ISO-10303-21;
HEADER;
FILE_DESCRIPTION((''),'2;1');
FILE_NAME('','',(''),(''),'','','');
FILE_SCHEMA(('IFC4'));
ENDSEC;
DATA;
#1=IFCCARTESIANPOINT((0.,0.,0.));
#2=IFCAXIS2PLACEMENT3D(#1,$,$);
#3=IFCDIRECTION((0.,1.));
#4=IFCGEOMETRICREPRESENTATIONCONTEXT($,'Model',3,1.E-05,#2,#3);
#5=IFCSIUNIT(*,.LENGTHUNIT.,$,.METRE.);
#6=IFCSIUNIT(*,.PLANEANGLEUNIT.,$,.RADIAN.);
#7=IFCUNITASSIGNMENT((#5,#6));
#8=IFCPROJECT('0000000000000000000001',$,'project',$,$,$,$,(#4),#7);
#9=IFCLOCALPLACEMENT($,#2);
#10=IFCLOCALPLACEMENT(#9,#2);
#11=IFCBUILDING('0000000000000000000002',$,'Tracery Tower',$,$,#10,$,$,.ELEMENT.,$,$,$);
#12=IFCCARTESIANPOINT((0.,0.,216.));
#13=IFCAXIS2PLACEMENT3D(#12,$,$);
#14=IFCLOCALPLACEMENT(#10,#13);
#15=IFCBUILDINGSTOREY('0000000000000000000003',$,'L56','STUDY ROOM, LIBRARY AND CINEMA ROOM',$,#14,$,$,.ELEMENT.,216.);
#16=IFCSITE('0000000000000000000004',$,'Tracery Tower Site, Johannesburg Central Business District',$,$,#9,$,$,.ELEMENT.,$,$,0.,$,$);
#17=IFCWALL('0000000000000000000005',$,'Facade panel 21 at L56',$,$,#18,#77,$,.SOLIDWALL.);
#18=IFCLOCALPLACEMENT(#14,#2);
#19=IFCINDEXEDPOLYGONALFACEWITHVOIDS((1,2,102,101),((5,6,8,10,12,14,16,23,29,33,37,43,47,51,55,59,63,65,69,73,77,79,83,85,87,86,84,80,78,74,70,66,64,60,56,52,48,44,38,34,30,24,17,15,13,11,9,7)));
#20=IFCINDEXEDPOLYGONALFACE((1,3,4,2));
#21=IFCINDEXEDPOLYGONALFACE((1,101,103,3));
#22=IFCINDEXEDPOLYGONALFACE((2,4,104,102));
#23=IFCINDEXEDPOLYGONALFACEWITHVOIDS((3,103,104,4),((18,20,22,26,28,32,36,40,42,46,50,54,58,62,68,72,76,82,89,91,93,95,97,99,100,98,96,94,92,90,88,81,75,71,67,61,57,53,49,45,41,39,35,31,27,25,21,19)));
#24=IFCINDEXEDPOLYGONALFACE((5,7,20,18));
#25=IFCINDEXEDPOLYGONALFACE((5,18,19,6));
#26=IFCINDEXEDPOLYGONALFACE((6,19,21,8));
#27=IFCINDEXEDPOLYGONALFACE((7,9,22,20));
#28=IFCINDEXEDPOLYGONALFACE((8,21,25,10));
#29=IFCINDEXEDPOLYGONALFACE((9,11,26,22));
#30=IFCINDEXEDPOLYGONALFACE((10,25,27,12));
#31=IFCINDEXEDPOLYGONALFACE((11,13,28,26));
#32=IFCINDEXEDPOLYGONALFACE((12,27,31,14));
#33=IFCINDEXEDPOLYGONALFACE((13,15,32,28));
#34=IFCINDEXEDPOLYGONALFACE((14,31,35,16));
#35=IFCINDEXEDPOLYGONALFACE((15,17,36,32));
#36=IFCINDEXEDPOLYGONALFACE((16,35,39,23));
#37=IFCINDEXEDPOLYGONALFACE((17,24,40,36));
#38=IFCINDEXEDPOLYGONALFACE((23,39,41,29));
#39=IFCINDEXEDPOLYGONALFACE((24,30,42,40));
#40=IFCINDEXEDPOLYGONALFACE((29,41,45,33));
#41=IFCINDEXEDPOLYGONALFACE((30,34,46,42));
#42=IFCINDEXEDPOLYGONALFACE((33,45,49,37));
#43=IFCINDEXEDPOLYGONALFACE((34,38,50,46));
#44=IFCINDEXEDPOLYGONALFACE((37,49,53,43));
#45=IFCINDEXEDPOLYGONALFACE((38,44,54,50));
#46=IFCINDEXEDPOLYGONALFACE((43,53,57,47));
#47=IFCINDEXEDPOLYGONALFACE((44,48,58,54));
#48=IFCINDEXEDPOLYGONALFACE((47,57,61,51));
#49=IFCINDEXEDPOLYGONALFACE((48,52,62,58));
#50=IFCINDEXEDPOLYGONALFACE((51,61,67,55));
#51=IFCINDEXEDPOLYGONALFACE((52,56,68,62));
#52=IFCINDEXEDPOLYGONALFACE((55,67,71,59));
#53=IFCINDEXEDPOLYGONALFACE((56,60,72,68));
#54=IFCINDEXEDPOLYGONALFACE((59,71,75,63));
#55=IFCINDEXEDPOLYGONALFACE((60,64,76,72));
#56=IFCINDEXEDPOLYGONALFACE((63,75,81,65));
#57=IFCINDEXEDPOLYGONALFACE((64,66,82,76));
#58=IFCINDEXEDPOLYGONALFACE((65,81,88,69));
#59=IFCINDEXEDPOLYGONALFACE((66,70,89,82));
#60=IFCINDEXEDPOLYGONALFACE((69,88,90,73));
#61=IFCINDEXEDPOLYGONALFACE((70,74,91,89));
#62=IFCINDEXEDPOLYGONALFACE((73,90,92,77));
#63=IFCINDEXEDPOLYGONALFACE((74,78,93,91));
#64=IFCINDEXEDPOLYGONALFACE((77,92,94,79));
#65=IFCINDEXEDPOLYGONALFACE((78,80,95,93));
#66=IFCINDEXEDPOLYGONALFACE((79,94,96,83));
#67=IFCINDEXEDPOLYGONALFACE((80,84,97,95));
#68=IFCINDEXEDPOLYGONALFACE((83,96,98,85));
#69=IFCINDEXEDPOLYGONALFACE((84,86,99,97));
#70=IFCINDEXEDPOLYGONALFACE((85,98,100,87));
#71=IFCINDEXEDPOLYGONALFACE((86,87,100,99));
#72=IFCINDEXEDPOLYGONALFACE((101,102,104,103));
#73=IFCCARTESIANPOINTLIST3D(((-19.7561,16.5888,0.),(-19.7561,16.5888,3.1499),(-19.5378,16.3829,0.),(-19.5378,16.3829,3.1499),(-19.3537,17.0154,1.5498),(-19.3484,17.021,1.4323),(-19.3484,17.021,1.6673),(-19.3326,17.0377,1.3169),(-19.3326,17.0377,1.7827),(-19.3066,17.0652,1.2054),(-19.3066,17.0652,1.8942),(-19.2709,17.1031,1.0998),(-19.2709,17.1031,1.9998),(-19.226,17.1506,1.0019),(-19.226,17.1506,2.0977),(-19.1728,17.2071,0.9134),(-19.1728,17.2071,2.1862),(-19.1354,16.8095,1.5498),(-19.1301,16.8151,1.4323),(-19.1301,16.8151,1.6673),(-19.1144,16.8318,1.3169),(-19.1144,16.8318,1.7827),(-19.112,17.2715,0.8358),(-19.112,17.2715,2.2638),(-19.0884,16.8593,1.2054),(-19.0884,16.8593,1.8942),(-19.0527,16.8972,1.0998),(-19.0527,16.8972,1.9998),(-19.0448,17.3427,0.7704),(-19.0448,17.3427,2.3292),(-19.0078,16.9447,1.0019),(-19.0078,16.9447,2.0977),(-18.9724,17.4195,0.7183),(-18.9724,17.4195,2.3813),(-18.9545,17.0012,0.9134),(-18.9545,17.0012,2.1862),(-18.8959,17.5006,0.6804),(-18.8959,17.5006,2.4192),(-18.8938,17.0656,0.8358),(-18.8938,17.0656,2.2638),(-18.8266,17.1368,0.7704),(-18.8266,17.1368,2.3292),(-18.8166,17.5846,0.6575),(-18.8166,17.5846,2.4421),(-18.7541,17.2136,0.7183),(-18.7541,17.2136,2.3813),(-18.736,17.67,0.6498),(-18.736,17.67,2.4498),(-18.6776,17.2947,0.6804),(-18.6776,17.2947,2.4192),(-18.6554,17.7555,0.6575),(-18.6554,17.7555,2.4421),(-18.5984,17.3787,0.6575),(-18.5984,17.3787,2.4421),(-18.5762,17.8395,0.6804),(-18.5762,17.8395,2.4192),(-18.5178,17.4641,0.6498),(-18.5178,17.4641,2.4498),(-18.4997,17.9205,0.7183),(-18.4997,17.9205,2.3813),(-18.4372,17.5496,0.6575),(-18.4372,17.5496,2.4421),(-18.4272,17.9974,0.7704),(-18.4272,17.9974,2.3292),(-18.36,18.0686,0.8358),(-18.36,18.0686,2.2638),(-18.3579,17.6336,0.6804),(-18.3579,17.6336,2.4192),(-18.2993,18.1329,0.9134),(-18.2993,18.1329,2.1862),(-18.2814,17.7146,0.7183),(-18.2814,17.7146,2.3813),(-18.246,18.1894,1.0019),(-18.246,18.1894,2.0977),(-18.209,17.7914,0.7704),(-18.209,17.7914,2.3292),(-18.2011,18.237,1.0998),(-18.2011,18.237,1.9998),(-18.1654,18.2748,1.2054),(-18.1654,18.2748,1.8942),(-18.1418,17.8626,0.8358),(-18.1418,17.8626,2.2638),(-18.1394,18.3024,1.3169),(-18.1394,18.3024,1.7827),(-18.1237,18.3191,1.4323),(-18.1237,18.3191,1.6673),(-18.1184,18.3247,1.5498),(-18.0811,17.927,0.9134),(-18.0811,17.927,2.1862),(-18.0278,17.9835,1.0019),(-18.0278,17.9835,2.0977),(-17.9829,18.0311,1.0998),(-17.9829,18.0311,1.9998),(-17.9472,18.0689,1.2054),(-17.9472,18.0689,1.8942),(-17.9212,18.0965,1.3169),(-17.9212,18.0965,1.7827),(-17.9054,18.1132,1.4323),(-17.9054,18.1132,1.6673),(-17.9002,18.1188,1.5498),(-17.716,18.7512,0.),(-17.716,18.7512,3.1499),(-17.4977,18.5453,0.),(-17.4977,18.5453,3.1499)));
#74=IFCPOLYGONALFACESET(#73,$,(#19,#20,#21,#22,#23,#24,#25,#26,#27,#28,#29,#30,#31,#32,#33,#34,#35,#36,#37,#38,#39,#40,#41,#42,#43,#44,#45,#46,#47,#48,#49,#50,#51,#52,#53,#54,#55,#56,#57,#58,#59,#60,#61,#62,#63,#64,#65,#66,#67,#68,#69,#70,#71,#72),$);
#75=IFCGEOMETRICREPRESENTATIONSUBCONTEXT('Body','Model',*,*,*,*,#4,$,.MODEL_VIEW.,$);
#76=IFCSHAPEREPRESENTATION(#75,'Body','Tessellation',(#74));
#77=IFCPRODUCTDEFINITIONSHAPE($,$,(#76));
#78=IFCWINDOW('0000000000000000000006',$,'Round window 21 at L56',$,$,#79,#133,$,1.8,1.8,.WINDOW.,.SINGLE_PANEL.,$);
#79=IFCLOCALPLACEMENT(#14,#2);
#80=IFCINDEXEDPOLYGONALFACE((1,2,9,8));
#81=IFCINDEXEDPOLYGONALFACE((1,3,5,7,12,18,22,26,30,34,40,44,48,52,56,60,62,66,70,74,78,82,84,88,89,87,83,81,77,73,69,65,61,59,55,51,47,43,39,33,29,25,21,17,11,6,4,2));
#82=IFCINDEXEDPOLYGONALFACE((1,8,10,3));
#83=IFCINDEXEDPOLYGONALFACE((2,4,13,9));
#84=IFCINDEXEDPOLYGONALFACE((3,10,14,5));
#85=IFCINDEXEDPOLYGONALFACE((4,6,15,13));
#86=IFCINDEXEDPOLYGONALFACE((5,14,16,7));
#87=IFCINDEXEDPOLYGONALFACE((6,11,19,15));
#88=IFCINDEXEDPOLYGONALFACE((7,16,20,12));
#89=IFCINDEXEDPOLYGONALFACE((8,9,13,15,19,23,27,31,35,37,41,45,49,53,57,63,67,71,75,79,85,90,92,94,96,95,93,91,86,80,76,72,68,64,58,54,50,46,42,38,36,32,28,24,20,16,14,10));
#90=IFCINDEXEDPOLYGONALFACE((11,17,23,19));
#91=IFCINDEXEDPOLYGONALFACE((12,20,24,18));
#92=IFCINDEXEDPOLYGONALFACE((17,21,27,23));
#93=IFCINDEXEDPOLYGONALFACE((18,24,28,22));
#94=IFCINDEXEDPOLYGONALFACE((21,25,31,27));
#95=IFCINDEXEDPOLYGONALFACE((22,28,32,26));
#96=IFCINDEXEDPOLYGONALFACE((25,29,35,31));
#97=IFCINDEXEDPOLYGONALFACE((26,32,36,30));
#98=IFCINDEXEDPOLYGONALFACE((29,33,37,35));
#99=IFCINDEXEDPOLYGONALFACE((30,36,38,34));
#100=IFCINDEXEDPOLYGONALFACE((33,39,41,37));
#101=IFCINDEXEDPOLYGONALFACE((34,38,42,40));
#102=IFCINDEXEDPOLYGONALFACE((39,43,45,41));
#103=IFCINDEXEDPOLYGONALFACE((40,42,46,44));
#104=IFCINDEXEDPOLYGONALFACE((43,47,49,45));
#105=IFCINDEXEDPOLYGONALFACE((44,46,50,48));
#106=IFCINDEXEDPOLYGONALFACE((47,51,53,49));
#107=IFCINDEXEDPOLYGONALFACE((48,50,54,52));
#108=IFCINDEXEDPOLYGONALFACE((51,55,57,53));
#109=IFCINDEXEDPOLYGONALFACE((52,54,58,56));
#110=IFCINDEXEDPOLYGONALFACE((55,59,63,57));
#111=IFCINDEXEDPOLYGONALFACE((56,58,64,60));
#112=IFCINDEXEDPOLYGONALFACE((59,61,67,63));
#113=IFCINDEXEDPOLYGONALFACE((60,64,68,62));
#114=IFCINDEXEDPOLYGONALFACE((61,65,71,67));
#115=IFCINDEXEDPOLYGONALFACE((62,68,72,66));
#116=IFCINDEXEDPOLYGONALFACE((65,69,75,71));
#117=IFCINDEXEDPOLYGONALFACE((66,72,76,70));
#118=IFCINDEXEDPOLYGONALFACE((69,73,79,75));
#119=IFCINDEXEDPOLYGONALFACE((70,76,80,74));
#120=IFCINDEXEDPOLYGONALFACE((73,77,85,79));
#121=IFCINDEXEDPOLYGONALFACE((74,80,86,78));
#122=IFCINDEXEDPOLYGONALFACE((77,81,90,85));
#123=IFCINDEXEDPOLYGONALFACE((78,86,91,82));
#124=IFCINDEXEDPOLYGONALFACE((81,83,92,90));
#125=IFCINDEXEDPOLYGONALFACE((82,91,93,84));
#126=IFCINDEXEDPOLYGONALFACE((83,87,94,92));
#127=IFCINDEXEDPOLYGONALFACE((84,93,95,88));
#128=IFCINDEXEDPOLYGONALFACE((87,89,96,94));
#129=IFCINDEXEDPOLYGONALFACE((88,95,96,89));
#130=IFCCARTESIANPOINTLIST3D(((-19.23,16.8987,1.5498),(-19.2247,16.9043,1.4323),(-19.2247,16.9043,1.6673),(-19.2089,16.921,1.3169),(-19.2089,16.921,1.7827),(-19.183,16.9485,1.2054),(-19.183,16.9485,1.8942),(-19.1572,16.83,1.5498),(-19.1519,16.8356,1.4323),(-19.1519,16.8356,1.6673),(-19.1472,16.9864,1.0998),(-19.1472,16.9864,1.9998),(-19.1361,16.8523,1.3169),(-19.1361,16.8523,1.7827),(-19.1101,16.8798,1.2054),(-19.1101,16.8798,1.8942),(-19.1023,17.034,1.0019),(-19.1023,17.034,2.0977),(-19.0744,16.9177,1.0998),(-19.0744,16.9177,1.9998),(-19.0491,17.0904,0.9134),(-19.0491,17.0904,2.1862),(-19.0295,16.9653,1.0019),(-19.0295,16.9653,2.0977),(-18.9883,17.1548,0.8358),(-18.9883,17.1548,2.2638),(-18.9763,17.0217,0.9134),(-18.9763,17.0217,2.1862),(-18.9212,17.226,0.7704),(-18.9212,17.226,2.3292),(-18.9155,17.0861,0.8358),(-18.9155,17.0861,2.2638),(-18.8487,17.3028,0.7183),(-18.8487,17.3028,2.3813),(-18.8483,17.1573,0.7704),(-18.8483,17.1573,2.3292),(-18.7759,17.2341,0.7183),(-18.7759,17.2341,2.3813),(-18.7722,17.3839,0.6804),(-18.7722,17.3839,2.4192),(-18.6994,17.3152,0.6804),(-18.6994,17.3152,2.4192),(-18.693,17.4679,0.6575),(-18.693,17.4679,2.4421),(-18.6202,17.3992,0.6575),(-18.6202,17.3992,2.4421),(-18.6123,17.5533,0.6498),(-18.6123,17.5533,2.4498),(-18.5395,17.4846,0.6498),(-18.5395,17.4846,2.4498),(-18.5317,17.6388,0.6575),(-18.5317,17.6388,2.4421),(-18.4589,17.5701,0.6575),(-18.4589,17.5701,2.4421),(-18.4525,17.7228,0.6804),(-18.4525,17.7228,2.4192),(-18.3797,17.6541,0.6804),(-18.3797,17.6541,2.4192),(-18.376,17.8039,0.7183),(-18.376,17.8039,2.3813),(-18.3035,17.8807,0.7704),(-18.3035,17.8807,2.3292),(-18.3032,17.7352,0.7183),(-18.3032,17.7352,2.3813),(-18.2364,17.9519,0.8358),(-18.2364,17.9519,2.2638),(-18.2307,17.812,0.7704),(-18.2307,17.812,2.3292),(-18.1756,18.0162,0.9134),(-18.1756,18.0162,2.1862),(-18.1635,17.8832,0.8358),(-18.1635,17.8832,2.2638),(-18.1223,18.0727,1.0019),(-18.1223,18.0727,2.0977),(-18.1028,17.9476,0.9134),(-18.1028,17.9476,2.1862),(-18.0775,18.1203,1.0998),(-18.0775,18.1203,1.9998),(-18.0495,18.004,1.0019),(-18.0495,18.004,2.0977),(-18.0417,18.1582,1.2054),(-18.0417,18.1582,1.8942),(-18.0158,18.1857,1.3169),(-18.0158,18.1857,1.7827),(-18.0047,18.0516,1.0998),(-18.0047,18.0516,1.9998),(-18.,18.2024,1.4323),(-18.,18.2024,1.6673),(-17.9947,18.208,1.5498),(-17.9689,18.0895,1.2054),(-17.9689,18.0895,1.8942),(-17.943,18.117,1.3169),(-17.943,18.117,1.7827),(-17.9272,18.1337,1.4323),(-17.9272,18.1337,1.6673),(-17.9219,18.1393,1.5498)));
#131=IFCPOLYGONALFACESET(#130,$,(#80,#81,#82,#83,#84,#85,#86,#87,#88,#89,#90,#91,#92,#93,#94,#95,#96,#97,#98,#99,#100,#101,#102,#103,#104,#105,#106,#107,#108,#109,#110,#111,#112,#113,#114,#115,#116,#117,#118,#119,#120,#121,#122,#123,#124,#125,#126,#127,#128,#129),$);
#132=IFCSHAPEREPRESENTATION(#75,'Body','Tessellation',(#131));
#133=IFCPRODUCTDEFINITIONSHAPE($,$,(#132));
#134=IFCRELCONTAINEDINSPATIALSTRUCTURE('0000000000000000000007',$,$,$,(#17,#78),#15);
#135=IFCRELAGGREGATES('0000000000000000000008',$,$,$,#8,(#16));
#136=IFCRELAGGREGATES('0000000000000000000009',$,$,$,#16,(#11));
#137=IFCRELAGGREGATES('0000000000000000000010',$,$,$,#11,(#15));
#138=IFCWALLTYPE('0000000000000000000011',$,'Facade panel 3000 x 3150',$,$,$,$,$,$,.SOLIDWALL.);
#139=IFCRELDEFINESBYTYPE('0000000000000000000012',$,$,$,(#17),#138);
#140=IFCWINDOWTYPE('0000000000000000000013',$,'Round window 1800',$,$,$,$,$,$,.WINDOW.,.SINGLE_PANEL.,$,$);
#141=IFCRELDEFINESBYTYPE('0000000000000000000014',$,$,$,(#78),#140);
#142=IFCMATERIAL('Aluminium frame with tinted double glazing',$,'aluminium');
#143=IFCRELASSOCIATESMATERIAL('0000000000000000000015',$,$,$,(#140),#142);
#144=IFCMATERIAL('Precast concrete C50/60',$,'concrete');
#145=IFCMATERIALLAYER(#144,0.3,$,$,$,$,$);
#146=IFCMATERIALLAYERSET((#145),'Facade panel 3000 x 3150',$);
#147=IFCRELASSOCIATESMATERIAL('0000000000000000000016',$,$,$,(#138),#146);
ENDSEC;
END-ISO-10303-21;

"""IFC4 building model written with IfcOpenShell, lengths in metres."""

from ifc_helpers import new_model, si_unit, direction, frame, frame_2d, origin, origin_2d, place, context, subcontext, project, spatial, rectangle, circle, extrude, material, layer, layer_set, type_object, element, fill, save


model = new_model("IFC4")

# Units and contexts
model_context = context("Model", 3, precision=1e-05, world=origin(), true_north=direction((0.0, 1.0)))
body_context = subcontext(model_context, "Body", "Model", "MODEL_VIEW")
ifc_project = project(units=[si_unit("LENGTHUNIT", "METRE"), si_unit("PLANEANGLEUNIT", "RADIAN")], contexts=[model_context])

# Site, building, storey
site_placement = place(None, origin())
site = spatial("IfcSite", under=ifc_project, at=site_placement, Name="Tracery Tower Site, Johannesburg Central Business District", CompositionType="ELEMENT", RefElevation=0.0)
building_placement = place(site_placement, origin())
building = spatial("IfcBuilding", under=site, at=building_placement, Name="Tracery Tower", CompositionType="ELEMENT")
storey_placement = place(building_placement, frame((0.0, 0.0, 216.0)))
storey = spatial("IfcBuildingStorey", under=building, at=storey_placement, Name="L56", Description="STUDY ROOM, LIBRARY AND CINEMA ROOM", CompositionType="ELEMENT", Elevation=216.0)

# Wall, opening, window
ifc_material_1 = material(Name="Aluminium frame with tinted double glazing", Category="aluminium")
window_type = type_object("IfcWindowType", Name="Round window 1800", PartitioningType="SINGLE_PANEL", PredefinedType="WINDOW", material=ifc_material_1)
ifc_material_2 = material(Name="Precast concrete C50/60", Category="concrete")
ifc_layer_1 = layer(ifc_material_2, 0.3)
ifc_layer_set_1 = layer_set([ifc_layer_1], Name="Facade panel 3000 x 3150")
wall_type_1 = type_object("IfcWallType", Name="Facade panel 3000 x 3150", PredefinedType="SOLIDWALL", material=ifc_layer_set_1)
wall_1_placement = place(storey_placement, frame((-17.6069, 18.6482, 0.0), z_axis=(0.0, 0.0, 1.0), x_axis=(-0.686235, -0.72738, 0.0)))
wall_1 = element("IfcWall", 1, at=wall_1_placement, inside=storey, type_object=wall_type_1, Name="Facade panel 21 at L56", PredefinedType="SOLIDWALL", context=body_context, shape_type="SweptSolid", body=[
    extrude(rectangle(XDim=2.9729, YDim=0.3, at=frame_2d((1.4863, 0.0))), origin(), (0.0, 0.0, 1.0), 3.1499),
])
opening_1_placement = place(wall_1_placement, frame((1.4863, 0.0, 1.5498)))
opening_1 = element("IfcOpeningElement", 2, at=opening_1_placement, cuts=wall_1, PredefinedType="OPENING", context=body_context, shape_type="SweptSolid", body=[
    extrude(circle(Radius=0.9, at=origin_2d()), frame((0.0, 0.1599, 0.0), z_axis=(0.0, -1.0, 0.0), x_axis=(1.0, 0.0, 0.0)), (0.0, 0.0, 1.0), 0.3201),
])
window_1_placement = place(opening_1_placement, origin())
window_1 = element("IfcWindow", 3, at=window_1_placement, inside=storey, type_object=window_type, Name="Round window 21 at L56", OverallHeight=1.8, OverallWidth=1.8, PartitioningType="SINGLE_PANEL", PredefinedType="WINDOW", context=body_context, shape_type="SweptSolid", body=[
    extrude(circle(Radius=0.9, at=origin_2d()), frame((0.0, 0.1201, 0.0), z_axis=(0.0, -1.0, 0.0), x_axis=(1.0, 0.0, 0.0)), (0.0, 0.0, 1.0), 0.1001),
])
fill(opening_1, window_1)

save(model, "model.ifc")
